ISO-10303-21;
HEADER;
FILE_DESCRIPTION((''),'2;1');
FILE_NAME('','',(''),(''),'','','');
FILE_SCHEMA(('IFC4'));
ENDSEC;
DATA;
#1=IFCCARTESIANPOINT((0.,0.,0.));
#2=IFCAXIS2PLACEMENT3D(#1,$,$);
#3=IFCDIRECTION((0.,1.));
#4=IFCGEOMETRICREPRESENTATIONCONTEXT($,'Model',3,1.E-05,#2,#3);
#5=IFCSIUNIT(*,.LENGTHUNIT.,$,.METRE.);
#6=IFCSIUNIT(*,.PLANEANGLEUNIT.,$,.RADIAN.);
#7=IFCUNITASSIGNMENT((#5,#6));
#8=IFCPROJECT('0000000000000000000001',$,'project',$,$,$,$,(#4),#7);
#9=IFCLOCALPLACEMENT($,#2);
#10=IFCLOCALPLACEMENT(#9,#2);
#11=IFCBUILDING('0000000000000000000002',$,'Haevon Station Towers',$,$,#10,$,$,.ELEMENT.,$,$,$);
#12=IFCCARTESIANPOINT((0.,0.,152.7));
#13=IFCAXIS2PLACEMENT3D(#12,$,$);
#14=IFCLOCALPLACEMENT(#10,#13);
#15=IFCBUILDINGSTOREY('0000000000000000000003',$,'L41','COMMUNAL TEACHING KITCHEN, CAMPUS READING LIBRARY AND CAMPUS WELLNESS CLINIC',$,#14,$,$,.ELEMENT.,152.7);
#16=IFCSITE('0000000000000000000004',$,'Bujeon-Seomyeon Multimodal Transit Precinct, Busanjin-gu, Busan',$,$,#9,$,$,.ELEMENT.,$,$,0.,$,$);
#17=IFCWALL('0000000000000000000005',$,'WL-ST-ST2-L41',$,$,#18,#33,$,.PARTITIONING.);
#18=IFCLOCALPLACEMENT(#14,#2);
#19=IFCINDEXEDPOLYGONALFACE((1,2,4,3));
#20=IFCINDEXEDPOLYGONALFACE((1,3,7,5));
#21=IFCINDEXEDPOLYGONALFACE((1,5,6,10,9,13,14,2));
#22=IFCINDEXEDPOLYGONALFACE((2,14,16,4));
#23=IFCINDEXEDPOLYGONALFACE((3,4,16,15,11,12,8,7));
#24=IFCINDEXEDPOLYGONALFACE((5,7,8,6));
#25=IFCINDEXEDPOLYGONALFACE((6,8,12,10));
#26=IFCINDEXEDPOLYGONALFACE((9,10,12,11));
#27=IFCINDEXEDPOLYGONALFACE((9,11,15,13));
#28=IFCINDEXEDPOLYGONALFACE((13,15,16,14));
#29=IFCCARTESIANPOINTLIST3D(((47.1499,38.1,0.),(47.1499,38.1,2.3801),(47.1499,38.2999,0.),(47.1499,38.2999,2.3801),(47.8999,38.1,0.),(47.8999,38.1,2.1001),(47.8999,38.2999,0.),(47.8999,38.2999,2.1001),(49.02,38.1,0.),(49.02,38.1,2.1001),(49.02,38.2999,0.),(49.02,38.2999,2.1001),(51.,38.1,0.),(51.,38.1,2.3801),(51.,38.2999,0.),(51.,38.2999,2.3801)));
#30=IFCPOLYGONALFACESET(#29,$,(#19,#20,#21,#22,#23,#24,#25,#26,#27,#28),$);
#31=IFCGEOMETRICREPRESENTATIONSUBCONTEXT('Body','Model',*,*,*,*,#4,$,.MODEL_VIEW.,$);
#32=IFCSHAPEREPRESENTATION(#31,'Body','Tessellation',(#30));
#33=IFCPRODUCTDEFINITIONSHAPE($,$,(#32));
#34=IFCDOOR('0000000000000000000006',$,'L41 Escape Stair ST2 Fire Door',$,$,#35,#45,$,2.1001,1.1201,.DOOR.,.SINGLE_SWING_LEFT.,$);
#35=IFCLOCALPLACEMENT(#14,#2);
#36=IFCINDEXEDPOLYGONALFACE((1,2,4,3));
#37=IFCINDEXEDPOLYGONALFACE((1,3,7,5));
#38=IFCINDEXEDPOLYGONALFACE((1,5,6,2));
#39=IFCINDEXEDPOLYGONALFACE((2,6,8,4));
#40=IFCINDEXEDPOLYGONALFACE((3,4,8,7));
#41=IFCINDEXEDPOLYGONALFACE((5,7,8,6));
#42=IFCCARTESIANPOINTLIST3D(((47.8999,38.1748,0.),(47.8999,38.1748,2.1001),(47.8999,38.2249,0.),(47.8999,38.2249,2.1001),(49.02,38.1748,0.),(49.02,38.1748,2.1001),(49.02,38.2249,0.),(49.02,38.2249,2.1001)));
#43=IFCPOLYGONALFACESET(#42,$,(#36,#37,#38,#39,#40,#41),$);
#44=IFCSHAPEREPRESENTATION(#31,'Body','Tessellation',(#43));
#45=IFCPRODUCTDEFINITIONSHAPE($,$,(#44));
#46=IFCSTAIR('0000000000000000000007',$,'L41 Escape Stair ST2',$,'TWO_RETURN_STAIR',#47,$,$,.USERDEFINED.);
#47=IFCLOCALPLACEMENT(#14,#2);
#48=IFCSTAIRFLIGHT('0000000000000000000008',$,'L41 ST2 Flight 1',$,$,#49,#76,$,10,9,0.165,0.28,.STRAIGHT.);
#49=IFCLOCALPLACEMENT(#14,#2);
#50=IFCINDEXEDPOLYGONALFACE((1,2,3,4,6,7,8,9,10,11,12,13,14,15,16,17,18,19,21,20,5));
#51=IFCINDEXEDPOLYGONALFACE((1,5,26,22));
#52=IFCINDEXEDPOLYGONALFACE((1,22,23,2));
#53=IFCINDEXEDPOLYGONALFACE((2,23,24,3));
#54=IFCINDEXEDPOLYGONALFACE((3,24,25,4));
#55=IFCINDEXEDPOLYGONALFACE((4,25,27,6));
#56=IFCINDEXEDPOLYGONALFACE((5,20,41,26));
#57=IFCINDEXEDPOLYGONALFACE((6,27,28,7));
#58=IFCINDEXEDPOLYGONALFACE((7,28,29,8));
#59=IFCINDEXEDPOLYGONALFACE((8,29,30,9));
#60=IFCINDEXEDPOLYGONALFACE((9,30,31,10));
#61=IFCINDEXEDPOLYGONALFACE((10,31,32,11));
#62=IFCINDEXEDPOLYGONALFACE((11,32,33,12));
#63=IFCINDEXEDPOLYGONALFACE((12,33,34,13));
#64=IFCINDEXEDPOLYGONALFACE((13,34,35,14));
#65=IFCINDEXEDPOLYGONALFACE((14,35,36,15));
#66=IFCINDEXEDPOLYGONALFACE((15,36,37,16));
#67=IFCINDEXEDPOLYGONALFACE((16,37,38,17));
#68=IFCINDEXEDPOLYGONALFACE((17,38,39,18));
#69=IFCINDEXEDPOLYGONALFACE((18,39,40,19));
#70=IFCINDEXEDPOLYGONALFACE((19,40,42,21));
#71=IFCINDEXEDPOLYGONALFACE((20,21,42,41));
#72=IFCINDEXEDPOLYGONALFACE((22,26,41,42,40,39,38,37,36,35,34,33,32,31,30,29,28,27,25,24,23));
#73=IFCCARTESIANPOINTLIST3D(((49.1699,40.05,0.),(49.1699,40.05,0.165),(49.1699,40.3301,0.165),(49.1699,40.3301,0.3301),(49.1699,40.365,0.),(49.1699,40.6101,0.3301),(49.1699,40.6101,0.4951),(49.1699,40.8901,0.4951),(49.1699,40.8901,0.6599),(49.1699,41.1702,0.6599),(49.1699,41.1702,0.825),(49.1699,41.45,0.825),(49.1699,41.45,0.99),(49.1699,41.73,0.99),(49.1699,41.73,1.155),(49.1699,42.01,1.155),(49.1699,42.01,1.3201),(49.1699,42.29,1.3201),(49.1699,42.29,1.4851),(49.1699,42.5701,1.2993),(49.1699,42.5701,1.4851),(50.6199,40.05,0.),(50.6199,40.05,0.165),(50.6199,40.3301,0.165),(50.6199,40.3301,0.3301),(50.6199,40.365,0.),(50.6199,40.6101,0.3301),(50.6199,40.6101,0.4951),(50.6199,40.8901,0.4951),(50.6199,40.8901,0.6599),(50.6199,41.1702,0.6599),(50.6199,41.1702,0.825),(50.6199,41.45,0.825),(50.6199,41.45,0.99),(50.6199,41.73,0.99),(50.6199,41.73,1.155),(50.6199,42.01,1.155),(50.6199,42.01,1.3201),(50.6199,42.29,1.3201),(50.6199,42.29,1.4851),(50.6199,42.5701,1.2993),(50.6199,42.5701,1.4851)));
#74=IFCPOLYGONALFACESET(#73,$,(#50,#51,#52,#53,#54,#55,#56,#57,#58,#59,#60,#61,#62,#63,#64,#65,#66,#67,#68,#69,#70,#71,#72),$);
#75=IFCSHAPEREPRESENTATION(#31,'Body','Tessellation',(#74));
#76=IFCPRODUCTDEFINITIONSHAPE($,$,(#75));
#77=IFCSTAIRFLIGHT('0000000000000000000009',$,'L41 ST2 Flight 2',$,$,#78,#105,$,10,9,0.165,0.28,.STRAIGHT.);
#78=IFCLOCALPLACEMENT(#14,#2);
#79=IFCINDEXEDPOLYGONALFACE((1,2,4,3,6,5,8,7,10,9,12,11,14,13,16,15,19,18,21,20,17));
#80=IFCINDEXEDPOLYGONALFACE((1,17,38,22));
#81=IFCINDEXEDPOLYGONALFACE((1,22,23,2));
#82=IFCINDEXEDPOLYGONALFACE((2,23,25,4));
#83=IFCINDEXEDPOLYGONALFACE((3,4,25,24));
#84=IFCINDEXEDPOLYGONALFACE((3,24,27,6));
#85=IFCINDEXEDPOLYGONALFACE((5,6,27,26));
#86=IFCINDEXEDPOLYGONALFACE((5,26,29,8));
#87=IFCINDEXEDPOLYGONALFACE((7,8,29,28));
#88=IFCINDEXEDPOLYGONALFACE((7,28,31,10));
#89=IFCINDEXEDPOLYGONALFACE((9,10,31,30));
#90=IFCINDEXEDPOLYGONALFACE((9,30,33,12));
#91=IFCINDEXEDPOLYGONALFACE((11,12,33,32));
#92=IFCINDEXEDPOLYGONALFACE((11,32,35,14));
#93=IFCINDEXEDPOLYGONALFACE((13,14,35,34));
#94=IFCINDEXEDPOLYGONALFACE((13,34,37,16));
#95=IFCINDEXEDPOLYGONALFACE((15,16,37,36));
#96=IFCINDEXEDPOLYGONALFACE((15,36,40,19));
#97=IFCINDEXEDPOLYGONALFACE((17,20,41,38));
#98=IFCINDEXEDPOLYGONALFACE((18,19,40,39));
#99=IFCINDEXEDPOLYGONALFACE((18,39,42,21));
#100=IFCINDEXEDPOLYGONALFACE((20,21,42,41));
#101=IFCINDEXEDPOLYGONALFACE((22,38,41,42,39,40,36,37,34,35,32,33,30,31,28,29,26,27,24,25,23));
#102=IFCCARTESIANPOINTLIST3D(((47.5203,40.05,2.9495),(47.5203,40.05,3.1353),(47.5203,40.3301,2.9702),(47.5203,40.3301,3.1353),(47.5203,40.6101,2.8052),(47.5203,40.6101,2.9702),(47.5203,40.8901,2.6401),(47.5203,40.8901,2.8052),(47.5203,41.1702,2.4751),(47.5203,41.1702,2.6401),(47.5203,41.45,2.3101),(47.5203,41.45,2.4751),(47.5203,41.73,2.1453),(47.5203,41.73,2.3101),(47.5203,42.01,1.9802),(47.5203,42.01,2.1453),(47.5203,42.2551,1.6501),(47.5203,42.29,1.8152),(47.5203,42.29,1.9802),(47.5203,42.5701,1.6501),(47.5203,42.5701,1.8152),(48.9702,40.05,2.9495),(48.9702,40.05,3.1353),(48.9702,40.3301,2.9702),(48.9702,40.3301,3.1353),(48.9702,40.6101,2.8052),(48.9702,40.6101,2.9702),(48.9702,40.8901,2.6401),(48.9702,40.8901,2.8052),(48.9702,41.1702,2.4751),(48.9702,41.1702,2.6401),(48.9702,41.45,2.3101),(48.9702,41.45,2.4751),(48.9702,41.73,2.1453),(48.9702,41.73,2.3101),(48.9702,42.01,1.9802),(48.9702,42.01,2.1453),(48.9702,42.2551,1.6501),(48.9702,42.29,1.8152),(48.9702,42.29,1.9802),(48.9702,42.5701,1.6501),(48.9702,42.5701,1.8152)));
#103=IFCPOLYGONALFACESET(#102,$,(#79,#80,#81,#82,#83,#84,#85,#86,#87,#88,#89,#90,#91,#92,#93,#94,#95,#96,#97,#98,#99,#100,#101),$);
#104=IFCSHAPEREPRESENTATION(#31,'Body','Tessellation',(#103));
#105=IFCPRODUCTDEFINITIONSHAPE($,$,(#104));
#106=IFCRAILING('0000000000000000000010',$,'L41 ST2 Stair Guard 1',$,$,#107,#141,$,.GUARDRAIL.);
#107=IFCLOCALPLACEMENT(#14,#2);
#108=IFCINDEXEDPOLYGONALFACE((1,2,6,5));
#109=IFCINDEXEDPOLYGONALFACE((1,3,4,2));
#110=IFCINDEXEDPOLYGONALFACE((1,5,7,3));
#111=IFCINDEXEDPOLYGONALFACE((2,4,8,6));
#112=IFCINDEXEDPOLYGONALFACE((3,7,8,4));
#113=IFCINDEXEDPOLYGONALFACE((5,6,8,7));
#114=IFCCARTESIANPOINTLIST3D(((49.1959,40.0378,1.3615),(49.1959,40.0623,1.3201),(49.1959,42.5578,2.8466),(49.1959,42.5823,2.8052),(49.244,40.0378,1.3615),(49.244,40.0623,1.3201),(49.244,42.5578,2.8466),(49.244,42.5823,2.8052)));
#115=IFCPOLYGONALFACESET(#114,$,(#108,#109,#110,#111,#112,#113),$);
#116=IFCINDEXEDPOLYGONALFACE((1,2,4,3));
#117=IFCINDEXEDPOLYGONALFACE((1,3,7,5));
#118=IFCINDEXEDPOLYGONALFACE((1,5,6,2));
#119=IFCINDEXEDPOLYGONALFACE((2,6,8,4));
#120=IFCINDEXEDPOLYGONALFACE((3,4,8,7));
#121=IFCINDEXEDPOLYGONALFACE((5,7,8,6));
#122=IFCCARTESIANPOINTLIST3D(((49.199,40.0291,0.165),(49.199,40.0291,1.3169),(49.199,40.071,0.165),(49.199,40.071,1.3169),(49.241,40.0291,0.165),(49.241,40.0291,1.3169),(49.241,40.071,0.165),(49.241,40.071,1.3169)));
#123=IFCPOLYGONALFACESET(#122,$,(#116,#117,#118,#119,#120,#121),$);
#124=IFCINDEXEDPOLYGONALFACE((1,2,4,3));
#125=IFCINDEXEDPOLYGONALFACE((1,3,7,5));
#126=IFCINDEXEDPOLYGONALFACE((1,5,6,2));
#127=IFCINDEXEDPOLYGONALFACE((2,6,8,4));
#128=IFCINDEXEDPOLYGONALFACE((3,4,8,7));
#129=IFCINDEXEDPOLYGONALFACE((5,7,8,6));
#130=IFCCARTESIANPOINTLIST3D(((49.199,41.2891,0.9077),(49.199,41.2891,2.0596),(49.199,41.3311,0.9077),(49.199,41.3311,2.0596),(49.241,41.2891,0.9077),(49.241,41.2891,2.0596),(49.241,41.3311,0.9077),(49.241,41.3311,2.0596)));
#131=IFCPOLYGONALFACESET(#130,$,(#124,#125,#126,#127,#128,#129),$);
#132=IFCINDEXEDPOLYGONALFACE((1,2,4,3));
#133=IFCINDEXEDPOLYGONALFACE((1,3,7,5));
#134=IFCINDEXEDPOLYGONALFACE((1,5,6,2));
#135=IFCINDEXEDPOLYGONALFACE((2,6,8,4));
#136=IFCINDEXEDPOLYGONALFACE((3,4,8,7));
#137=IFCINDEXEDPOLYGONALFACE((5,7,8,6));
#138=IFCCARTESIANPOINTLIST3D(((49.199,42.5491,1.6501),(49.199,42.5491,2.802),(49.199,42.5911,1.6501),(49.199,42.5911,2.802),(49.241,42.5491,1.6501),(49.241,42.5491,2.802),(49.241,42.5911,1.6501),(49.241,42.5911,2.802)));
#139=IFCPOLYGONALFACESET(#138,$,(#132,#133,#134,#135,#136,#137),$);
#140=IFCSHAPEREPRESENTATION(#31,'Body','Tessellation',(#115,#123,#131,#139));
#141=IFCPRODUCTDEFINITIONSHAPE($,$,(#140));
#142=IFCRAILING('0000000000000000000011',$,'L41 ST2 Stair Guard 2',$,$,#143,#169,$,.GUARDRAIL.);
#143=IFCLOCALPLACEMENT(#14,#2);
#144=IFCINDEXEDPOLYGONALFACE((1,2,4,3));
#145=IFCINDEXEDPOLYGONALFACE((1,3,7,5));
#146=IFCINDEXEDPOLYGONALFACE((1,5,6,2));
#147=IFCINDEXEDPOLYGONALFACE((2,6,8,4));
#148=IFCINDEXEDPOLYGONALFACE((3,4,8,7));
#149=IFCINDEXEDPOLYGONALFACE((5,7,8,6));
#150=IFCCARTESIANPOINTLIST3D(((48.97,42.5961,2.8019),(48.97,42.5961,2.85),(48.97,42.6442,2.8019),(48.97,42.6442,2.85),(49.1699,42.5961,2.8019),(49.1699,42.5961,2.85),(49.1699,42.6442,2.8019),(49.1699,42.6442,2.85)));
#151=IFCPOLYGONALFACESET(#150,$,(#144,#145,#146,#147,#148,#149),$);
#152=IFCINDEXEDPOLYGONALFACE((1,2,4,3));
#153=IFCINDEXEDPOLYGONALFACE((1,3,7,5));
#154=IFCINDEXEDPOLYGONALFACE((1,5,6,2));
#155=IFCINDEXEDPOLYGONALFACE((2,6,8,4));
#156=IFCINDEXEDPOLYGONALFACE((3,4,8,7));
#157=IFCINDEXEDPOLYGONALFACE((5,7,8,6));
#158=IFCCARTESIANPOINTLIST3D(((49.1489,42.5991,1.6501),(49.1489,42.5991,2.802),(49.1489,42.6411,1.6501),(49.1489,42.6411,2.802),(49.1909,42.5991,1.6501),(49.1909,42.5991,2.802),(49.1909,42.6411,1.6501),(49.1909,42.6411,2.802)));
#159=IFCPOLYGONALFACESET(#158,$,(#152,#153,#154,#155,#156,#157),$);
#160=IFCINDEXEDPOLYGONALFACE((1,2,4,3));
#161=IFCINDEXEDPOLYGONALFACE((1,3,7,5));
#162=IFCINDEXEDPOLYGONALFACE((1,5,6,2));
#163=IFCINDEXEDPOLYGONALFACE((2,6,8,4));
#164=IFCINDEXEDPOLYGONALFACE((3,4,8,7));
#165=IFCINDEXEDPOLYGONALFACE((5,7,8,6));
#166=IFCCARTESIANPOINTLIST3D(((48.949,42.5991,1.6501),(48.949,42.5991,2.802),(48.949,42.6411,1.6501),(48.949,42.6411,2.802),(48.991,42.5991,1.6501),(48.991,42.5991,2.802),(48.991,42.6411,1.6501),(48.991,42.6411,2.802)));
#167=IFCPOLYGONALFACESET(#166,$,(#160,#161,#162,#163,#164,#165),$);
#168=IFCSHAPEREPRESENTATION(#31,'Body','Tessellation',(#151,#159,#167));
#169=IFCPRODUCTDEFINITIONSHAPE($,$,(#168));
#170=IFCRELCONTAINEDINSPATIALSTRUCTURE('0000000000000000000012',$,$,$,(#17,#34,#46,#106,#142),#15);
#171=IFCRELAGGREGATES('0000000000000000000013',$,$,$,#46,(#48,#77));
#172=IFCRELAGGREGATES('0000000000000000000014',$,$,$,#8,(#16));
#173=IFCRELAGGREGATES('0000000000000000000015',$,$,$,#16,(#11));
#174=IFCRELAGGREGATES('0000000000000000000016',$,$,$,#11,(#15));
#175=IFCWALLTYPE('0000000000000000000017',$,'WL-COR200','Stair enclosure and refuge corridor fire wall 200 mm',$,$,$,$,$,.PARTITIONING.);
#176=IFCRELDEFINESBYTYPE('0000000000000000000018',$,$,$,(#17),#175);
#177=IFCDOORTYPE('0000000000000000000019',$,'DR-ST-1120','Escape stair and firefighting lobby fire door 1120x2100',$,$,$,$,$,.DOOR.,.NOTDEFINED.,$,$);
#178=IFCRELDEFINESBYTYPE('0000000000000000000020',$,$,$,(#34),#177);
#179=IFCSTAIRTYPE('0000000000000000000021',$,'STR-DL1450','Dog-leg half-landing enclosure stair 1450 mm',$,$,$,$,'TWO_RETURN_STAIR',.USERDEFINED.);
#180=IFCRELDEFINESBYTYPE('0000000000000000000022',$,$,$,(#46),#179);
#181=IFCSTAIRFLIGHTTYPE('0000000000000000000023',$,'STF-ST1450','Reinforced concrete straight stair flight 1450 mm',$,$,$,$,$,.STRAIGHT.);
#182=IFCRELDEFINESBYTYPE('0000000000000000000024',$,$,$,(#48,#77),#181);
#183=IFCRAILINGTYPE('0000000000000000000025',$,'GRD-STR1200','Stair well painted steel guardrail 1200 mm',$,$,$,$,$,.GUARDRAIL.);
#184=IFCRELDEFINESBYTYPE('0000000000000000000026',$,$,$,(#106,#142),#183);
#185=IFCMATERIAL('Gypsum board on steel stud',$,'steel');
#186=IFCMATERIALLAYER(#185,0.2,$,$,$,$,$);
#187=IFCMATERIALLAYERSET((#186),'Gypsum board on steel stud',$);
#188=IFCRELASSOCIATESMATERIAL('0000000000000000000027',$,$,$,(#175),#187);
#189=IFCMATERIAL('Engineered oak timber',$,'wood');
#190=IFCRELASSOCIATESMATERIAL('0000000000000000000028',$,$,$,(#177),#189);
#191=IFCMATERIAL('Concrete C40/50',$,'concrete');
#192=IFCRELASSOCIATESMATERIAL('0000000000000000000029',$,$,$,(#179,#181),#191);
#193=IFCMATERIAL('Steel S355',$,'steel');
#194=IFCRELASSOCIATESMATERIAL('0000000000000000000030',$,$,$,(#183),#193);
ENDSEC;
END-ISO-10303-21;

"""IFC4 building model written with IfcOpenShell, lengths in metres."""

from ifc_helpers import new_model, si_unit, direction, frame, frame_2d, origin, origin_2d, place, context, subcontext, project, spatial, polyline, rectangle, outline, extrude, material, layer, layer_set, type_object, element, fill, aggregate, save


model = new_model("IFC4")

# Units and contexts
model_context = context("Model", 3, precision=1e-05, world=origin(), true_north=direction((0.0, 1.0)))
body_context = subcontext(model_context, "Body", "Model", "MODEL_VIEW")
ifc_project = project(units=[si_unit("LENGTHUNIT", "METRE"), si_unit("PLANEANGLEUNIT", "RADIAN")], contexts=[model_context])

# Site, building, storey
site_placement = place(None, origin())
site = spatial("IfcSite", under=ifc_project, at=site_placement, Name="Bujeon-Seomyeon Multimodal Transit Precinct, Busanjin-gu, Busan", CompositionType="ELEMENT", RefElevation=0.0)
building_placement = place(site_placement, origin())
building = spatial("IfcBuilding", under=site, at=building_placement, Name="Haevon Station Towers", CompositionType="ELEMENT")
storey_placement = place(building_placement, frame((0.0, 0.0, 152.7)))
storey = spatial("IfcBuildingStorey", under=building, at=storey_placement, Name="L41", Description="COMMUNAL TEACHING KITCHEN, CAMPUS READING LIBRARY AND CAMPUS WELLNESS CLINIC", CompositionType="ELEMENT", Elevation=152.7)

# Shared definitions
ifc_material_1 = material(Name="Steel S355", Category="steel")

# Wall, opening, door
ifc_material_2 = material(Name="Gypsum board on steel stud", Category="steel")
ifc_layer = layer(ifc_material_2, 0.2)
ifc_layer_set = layer_set([ifc_layer], Name="Gypsum board on steel stud")
wall_type = type_object("IfcWallType", Name="WL-COR200", Description="Stair enclosure and refuge corridor fire wall 200 mm", PredefinedType="PARTITIONING", material=ifc_layer_set)
wall_placement = place(storey_placement, frame((47.1499, 38.2, 0.0), z_axis=(0.0, 0.0, 1.0), x_axis=(1.0, 0.0, 0.0)))
wall = element("IfcWall", 1, at=wall_placement, inside=storey, type_object=wall_type, Name="WL-ST-ST2-L41", PredefinedType="PARTITIONING", context=body_context, shape_type="SweptSolid", body=[
    extrude(rectangle(XDim=3.8501, YDim=0.2, at=frame_2d((1.925, 0.0))), origin(), (0.0, 0.0, 1.0), 2.3801),
])
opening_placement = place(wall_placement, frame((0.75, 0.0, 0.0)))
opening = element("IfcOpeningElement", 2, at=opening_placement, cuts=wall, PredefinedType="OPENING", context=body_context, shape_type="SweptSolid", body=[
    extrude(rectangle(XDim=1.1201, YDim=2.1001, at=frame_2d((0.5601, 1.05))), frame((0.0, 0.1099, 0.0), z_axis=(0.0, -1.0, 0.0), x_axis=(1.0, 0.0, 0.0)), (0.0, 0.0, 1.0), 0.22),
])
ifc_material_3 = material(Name="Engineered oak timber", Category="wood")
door_type = type_object("IfcDoorType", Name="DR-ST-1120", Description="Escape stair and firefighting lobby fire door 1120x2100", OperationType="NOTDEFINED", PredefinedType="DOOR", material=ifc_material_3)
door_placement = place(opening_placement, origin())
door = element("IfcDoor", 3, at=door_placement, inside=storey, type_object=door_type, Name="L41 Escape Stair ST2 Fire Door", OperationType="SINGLE_SWING_LEFT", OverallHeight=2.1001, OverallWidth=1.1201, PredefinedType="DOOR", context=body_context, shape_type="SweptSolid", body=[
    extrude(rectangle(XDim=1.1201, YDim=2.1001, at=frame_2d((0.5601, 1.05))), frame((0.0, 0.0249, 0.0), z_axis=(0.0, -1.0, 0.0), x_axis=(1.0, 0.0, 0.0)), (0.0, 0.0, 1.0), 0.05),
])
fill(opening, door)

# Stair, stair flights
ifc_material_4 = material(Name="Concrete C40/50", Category="concrete")
stair_type = type_object("IfcStairType", Name="STR-DL1450", Description="Dog-leg half-landing enclosure stair 1450 mm", ElementType="TWO_RETURN_STAIR", PredefinedType="USERDEFINED", material=ifc_material_4)
stair_placement = place(storey_placement, origin())
stair = element("IfcStair", 4, at=stair_placement, inside=storey, type_object=stair_type, Name="L41 Escape Stair ST2", ObjectType="TWO_RETURN_STAIR", PredefinedType="USERDEFINED")
stair_flight_type = type_object("IfcStairFlightType", Name="STF-ST1450", Description="Reinforced concrete straight stair flight 1450 mm", PredefinedType="STRAIGHT", material=ifc_material_4)
stair_flight_1_placement = place(storey_placement, frame((49.895, 40.05, 0.0), z_axis=(0.0, 0.0, 1.0), x_axis=(0.0, 1.0, 0.0)))
stair_flight_1 = element("IfcStairFlight", 5, at=stair_flight_1_placement, type_object=stair_flight_type, Name="L41 ST2 Flight 1", NumberOfRisers=10, NumberOfTreads=9, PredefinedType="STRAIGHT", RiserHeight=0.165, TreadLength=0.28, context=body_context, shape_type="SweptSolid", body=[
    extrude(outline(polyline([(0.0, 0.0), (0.0, 0.165), (0.28, 0.165), (0.28, 0.3301), (0.5601, 0.3301), (0.5601, 0.4951), (0.8401, 0.4951), (0.8401, 0.6599), (1.1201, 0.6599), (1.1201, 0.825), (1.3999, 0.825), (1.3999, 0.99), (1.6799, 0.99), (1.6799, 1.155), (1.96, 1.155), (1.96, 1.3201), (2.24, 1.3201), (2.24, 1.4851), (2.52, 1.4851), (2.52, 1.6499), (2.52, 1.2993), (0.3149, 0.0), (0.0, 0.0)])), frame((0.0, 0.7251, 0.0), z_axis=(0.0, -1.0, 0.0), x_axis=(1.0, 0.0, 0.0)), (0.0, 0.0, 1.0), 1.45),
])
stair_flight_2_placement = place(storey_placement, frame((48.2451, 42.5701, 1.6501), z_axis=(0.0, 0.0, 1.0), x_axis=(0.0, -1.0, 0.0)))
stair_flight_2 = element("IfcStairFlight", 6, at=stair_flight_2_placement, type_object=stair_flight_type, Name="L41 ST2 Flight 2", NumberOfRisers=10, NumberOfTreads=9, PredefinedType="STRAIGHT", RiserHeight=0.165, TreadLength=0.28, context=body_context, shape_type="SweptSolid", body=[
    extrude(outline(polyline([(0.0, 0.0), (0.0, 0.165), (0.28, 0.165), (0.28, 0.3301), (0.5601, 0.3301), (0.5601, 0.4951), (0.8401, 0.4951), (0.8401, 0.6599), (1.1201, 0.6599), (1.1201, 0.825), (1.3999, 0.825), (1.3999, 0.99), (1.6799, 0.99), (1.6799, 1.155), (1.96, 1.155), (1.96, 1.3201), (2.24, 1.3201), (2.24, 1.4851), (2.52, 1.4851), (2.52, 1.6499), (2.52, 1.2993), (0.3149, 0.0), (0.0, 0.0)])), frame((0.0, 0.7251, 0.0), z_axis=(0.0, -1.0, 0.0), x_axis=(1.0, 0.0, 0.0)), (0.0, 0.0, 1.0), 1.45),
])
aggregate(stair, [stair_flight_1, stair_flight_2])

# Railings
railing_type_1 = type_object("IfcRailingType", Name="GRD-STR1200", Description="Stair well painted steel guardrail 1200 mm", PredefinedType="GUARDRAIL", material=ifc_material_1)
railing_1_placement = place(storey_placement, frame((49.22, 40.05, 0.165)))
element("IfcRailing", 7, at=railing_1_placement, inside=storey, type_object=railing_type_1, Name="L41 ST2 Stair Guard 1", PredefinedType="GUARDRAIL", context=body_context, shape_type="SweptSolid", body=[
    extrude(rectangle(XDim=0.0481, YDim=0.0481, at=origin_2d()), frame((0.0, 0.0, 1.1758), z_axis=(0.0, 0.861524, 0.507717), x_axis=(-1.0, 0.0, 0.0)), (0.0, 0.0, 1.0), 2.925),
    extrude(rectangle(XDim=0.042, YDim=0.042, at=origin_2d()), origin(), (0.0, 0.0, 1.0), 1.1519),
    extrude(rectangle(XDim=0.042, YDim=0.042, at=origin_2d()), frame((0.0, 1.26, 0.7427)), (0.0, 0.0, 1.0), 1.1519),
    extrude(rectangle(XDim=0.042, YDim=0.042, at=origin_2d()), frame((0.0, 2.52, 1.4851)), (0.0, 0.0, 1.0), 1.1519),
])
railing_2_placement = place(storey_placement, frame((49.1699, 42.6201, 1.6501)))
element("IfcRailing", 8, at=railing_2_placement, inside=storey, type_object=railing_type_1, Name="L41 ST2 Stair Guard 2", PredefinedType="GUARDRAIL", context=body_context, shape_type="SweptSolid", body=[
    extrude(rectangle(XDim=0.0481, YDim=0.0481, at=origin_2d()), frame((0.0, 0.0, 1.1758), z_axis=(-1.0, 0.0, 0.0), x_axis=(0.0, -1.0, 0.0)), (0.0, 0.0, 1.0), 0.2),
    extrude(rectangle(XDim=0.042, YDim=0.042, at=origin_2d()), origin(), (0.0, 0.0, 1.0), 1.1519),
    extrude(rectangle(XDim=0.042, YDim=0.042, at=origin_2d()), frame((-0.2, 0.0, 0.0)), (0.0, 0.0, 1.0), 1.1519),
])

save(model, "model.ifc")
